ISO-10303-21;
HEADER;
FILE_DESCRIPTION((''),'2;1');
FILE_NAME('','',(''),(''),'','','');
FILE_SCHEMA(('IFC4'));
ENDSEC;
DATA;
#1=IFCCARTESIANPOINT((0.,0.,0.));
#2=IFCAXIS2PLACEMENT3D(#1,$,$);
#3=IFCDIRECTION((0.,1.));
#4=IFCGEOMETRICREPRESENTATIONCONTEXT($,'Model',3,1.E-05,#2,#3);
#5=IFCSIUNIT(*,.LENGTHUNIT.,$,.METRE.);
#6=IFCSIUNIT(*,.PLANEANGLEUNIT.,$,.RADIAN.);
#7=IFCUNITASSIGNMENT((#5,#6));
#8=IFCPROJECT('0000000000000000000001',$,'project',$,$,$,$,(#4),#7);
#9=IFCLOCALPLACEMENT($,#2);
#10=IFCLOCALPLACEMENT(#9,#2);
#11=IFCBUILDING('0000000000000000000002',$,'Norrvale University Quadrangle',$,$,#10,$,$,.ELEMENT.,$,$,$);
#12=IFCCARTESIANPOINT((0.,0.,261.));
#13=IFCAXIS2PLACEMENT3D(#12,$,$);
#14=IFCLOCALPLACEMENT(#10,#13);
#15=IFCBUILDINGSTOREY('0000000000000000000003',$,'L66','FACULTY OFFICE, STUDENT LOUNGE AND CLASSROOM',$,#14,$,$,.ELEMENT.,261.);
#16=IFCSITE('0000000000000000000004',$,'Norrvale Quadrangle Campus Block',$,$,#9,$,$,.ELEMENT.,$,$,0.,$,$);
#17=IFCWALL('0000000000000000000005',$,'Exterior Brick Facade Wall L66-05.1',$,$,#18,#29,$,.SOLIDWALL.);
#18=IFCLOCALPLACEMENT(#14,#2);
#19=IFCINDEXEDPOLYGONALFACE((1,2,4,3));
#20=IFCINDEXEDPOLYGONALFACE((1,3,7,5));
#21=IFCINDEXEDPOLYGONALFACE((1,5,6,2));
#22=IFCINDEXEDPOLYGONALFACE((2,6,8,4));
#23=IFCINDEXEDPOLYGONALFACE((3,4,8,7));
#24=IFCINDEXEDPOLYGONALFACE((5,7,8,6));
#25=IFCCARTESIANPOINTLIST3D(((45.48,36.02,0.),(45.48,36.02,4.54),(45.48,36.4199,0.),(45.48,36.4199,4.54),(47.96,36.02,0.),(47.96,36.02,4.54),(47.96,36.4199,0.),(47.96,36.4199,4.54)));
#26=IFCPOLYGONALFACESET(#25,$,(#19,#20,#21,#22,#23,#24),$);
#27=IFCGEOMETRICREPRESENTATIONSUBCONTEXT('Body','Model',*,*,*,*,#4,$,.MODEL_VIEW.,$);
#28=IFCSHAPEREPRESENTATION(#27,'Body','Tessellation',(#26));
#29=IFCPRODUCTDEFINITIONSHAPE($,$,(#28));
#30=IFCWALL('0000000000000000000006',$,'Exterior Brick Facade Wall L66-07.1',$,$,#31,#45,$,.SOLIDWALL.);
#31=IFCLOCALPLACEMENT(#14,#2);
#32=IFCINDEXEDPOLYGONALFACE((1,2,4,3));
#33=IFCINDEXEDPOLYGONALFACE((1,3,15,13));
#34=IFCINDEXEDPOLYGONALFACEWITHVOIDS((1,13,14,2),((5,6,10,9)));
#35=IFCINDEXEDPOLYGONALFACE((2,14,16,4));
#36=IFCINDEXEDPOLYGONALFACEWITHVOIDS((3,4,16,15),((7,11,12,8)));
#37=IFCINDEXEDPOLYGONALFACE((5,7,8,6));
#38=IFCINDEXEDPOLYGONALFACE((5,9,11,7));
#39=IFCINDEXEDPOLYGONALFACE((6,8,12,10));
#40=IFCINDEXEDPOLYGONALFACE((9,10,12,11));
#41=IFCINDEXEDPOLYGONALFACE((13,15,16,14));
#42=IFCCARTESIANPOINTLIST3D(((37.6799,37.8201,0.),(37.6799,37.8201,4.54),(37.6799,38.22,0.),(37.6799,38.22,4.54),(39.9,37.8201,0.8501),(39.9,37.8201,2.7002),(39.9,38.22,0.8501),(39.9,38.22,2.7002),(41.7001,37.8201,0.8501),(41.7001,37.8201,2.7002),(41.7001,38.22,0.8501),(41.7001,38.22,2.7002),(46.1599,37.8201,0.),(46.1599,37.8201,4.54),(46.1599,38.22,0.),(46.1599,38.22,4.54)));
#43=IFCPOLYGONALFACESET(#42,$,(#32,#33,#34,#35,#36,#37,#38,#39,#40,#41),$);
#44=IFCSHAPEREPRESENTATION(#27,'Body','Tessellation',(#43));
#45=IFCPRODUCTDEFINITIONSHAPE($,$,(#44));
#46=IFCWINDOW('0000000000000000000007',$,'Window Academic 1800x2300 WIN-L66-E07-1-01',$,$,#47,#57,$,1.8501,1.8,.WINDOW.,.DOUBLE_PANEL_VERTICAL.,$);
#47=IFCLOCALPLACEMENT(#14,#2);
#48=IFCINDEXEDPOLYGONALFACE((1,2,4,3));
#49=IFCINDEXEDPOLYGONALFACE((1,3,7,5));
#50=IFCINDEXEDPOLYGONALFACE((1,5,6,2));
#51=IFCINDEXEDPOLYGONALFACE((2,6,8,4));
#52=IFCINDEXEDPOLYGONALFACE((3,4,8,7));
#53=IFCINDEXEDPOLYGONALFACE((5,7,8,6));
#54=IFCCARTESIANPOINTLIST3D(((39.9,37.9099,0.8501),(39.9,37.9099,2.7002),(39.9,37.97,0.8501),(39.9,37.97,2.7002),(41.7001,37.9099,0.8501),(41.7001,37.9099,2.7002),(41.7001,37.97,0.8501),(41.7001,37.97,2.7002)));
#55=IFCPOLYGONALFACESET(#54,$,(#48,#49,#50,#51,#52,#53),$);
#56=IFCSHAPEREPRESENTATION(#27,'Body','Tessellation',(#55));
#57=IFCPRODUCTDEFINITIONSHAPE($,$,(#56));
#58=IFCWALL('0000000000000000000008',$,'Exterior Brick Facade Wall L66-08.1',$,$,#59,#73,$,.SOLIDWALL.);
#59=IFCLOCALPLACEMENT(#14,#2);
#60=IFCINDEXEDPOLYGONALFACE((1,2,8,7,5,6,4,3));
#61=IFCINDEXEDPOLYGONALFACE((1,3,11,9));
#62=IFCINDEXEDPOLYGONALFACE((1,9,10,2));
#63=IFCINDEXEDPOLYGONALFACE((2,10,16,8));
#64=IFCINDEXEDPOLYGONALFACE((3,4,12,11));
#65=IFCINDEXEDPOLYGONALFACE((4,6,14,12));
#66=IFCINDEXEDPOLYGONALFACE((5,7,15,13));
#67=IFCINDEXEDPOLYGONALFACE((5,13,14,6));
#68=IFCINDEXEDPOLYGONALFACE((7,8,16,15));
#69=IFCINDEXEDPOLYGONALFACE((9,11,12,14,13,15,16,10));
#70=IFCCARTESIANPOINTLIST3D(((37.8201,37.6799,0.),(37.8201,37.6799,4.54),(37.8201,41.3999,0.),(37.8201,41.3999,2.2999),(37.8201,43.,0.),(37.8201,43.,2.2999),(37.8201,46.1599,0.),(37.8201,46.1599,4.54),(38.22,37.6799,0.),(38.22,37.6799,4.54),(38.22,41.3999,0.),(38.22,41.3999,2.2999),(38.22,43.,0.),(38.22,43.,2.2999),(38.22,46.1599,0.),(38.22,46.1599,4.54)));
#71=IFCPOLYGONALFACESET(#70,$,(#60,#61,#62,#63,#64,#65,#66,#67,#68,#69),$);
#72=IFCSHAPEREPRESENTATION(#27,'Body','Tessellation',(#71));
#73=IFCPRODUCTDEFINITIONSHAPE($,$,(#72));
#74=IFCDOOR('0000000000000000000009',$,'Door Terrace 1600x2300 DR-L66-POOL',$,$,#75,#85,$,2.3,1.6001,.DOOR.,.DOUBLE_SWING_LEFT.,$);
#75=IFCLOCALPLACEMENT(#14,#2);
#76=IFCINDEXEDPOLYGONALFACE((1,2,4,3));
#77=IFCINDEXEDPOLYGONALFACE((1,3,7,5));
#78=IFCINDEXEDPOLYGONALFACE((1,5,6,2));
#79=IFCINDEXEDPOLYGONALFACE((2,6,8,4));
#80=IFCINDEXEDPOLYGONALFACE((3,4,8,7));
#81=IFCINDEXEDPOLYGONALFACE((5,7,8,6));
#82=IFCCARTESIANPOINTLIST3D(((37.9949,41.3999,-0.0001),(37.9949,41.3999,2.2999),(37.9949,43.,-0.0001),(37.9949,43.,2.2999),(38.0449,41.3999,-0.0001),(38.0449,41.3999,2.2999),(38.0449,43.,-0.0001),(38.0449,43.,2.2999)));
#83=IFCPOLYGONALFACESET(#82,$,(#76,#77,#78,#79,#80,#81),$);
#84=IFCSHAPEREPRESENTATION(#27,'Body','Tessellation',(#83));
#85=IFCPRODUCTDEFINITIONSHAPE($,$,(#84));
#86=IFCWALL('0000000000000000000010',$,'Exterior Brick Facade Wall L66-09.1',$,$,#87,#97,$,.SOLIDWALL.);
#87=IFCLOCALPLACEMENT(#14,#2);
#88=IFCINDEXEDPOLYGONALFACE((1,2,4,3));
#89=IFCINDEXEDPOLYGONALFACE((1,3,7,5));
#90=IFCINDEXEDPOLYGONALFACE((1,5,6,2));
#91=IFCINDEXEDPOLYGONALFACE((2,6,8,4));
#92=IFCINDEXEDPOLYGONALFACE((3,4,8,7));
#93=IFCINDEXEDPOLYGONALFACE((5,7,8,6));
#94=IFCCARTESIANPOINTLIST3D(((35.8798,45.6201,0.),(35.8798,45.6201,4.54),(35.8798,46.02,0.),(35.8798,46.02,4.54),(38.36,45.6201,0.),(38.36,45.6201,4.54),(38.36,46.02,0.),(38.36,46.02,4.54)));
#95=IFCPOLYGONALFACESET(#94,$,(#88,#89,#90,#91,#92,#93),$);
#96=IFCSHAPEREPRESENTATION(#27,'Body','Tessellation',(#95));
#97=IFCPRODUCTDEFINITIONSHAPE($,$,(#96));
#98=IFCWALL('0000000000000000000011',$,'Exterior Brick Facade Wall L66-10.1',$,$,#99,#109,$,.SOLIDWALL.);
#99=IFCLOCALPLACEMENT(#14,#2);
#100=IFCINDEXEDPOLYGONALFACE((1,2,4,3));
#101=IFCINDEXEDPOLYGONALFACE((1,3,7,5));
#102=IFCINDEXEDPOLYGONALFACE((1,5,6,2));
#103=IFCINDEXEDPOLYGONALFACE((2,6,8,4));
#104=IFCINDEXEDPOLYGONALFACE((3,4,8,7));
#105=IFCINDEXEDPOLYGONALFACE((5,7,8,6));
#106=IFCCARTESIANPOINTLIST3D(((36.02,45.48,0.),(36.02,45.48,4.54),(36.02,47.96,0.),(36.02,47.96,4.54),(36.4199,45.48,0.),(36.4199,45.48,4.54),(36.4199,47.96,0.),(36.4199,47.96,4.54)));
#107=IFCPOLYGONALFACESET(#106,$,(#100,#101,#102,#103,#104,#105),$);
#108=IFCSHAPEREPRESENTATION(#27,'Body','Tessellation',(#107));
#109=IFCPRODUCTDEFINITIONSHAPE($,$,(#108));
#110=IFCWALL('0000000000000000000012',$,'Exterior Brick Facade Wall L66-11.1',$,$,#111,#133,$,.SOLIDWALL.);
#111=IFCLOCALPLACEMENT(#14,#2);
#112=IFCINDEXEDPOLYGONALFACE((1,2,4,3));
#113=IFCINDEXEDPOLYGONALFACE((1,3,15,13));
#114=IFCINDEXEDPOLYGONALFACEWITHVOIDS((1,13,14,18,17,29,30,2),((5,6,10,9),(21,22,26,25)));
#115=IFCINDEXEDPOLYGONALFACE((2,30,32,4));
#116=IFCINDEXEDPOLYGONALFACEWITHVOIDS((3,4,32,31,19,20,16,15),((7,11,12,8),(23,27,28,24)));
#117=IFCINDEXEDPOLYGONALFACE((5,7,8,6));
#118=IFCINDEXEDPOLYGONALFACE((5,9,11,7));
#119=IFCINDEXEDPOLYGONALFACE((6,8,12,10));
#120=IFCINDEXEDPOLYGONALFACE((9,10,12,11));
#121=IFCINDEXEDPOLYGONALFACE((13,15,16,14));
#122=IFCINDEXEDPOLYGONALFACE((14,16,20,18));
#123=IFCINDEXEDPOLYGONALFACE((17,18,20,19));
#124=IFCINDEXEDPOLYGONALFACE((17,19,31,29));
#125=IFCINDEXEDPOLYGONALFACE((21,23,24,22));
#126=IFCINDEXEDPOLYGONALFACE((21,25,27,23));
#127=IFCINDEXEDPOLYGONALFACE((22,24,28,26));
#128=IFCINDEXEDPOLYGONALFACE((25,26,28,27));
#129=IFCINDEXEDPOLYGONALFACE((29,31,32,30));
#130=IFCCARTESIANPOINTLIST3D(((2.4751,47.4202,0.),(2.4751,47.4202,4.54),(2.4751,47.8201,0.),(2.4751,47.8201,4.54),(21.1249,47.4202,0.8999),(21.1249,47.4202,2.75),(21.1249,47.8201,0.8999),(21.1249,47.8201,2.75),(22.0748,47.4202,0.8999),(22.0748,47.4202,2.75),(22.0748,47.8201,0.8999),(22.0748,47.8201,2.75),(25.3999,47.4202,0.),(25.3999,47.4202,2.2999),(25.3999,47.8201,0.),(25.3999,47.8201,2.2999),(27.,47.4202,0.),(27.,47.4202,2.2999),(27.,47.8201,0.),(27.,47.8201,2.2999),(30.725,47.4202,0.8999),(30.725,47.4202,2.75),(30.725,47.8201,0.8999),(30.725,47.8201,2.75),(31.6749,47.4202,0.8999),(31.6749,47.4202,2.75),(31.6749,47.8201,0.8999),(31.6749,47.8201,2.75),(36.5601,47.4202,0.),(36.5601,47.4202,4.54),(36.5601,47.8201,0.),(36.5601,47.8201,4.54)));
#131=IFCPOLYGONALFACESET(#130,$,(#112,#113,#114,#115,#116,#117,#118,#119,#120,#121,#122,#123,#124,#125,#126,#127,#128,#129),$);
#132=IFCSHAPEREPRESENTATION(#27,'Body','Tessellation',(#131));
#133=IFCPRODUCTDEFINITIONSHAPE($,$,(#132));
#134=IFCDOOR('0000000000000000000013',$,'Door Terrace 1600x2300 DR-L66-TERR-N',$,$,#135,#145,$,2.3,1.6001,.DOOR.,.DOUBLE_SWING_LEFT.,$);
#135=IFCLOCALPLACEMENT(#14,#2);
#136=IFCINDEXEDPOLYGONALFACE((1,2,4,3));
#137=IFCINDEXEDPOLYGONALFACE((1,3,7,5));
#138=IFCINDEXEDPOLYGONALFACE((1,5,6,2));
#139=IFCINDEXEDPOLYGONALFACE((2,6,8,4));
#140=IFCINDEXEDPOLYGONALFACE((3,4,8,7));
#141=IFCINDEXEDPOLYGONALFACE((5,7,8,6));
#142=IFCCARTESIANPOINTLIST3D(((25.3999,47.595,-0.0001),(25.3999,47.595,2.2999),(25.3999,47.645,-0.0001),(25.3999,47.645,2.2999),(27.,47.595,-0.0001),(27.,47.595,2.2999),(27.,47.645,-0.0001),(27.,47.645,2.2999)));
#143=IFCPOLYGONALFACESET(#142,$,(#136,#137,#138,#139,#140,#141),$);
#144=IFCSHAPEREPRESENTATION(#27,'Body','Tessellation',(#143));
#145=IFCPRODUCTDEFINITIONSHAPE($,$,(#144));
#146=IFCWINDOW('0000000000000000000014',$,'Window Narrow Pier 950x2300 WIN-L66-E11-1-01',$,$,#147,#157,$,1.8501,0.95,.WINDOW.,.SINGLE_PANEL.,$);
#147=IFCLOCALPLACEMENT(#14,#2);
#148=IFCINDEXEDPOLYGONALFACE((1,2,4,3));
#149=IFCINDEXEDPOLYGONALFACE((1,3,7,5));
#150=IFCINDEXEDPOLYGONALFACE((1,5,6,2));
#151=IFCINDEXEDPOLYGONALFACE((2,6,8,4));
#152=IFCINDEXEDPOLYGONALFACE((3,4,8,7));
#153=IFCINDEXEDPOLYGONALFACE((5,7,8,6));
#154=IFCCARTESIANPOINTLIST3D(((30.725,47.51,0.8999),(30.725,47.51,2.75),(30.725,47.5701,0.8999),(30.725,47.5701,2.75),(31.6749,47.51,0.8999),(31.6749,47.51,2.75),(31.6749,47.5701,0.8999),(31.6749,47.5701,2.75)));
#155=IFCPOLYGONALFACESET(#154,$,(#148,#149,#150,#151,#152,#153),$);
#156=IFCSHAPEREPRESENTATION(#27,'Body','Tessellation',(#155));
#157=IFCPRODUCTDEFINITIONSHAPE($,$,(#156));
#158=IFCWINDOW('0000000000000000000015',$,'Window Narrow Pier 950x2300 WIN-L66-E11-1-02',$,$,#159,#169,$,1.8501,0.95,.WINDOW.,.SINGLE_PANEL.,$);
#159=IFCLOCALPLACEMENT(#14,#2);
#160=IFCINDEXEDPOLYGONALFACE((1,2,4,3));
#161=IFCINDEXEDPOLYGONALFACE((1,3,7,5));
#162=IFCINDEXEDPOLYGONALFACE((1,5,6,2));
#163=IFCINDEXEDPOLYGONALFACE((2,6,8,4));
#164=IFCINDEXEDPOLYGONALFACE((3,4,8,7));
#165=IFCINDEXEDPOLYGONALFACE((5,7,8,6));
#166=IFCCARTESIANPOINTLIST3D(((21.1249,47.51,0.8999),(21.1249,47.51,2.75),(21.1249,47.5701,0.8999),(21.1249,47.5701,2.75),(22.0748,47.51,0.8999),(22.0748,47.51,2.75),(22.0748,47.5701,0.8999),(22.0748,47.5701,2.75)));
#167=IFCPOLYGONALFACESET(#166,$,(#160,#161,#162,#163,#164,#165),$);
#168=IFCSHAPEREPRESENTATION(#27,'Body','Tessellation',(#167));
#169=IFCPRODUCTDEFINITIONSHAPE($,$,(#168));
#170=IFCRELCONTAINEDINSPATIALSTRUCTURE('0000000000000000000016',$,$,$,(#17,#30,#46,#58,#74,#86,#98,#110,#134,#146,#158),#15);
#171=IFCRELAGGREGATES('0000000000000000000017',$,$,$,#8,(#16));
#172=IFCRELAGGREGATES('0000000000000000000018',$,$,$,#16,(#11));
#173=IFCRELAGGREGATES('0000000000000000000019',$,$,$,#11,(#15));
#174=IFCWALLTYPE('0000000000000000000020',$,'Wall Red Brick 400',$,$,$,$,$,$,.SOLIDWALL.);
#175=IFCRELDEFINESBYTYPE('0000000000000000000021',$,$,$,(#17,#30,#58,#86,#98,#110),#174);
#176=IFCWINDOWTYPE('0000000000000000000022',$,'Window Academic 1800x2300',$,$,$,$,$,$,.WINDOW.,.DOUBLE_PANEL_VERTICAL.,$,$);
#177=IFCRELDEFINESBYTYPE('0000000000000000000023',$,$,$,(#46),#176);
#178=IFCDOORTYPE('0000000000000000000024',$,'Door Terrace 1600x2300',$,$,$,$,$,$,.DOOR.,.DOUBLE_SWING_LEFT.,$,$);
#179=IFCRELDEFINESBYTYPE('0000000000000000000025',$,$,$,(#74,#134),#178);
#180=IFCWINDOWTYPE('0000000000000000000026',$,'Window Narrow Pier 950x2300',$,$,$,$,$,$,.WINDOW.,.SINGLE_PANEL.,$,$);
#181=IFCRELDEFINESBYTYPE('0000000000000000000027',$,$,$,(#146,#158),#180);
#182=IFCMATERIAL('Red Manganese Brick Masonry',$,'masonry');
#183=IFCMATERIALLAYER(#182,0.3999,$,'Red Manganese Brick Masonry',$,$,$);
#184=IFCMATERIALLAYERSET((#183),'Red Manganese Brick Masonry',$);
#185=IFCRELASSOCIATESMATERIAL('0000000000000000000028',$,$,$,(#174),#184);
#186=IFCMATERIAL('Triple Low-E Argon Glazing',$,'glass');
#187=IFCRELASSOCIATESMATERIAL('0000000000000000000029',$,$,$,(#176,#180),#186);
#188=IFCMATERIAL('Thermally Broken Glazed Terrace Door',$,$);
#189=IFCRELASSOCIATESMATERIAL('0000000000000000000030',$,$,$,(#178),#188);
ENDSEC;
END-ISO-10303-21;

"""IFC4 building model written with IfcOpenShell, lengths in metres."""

from ifc_helpers import new_model, si_unit, direction, frame, frame_2d, origin, place, context, subcontext, project, spatial, rectangle, extrude, material, layer, layer_set, type_object, element, fill, save


model = new_model("IFC4")

# Units and contexts
model_context = context("Model", 3, precision=1e-05, world=origin(), true_north=direction((0.0, 1.0)))
body_context = subcontext(model_context, "Body", "Model", "MODEL_VIEW")
ifc_project = project(units=[si_unit("LENGTHUNIT", "METRE"), si_unit("PLANEANGLEUNIT", "RADIAN")], contexts=[model_context])

# Site, building, storey
site_placement = place(None, origin())
site = spatial("IfcSite", under=ifc_project, at=site_placement, Name="Norrvale Quadrangle Campus Block", CompositionType="ELEMENT", RefElevation=0.0)
building_placement = place(site_placement, origin())
building = spatial("IfcBuilding", under=site, at=building_placement, Name="Norrvale University Quadrangle", CompositionType="ELEMENT")
storey_placement = place(building_placement, frame((0.0, 0.0, 261.0)))
storey = spatial("IfcBuildingStorey", under=building, at=storey_placement, Name="L66", Description="FACULTY OFFICE, STUDENT LOUNGE AND CLASSROOM", CompositionType="ELEMENT", Elevation=261.0)

# Wall
ifc_material_1 = material(Name="Red Manganese Brick Masonry", Category="masonry")
ifc_layer_1 = layer(ifc_material_1, 0.3999, Name="Red Manganese Brick Masonry")
ifc_layer_set_1 = layer_set([ifc_layer_1], Name="Red Manganese Brick Masonry")
wall_type_1 = type_object("IfcWallType", Name="Wall Red Brick 400", PredefinedType="SOLIDWALL", material=ifc_layer_set_1)
wall_1_placement = place(storey_placement, frame((47.96, 36.22, 0.0), z_axis=(0.0, 0.0, 1.0), x_axis=(-1.0, 0.0, 0.0)))
element("IfcWall", 1, at=wall_1_placement, inside=storey, type_object=wall_type_1, Name="Exterior Brick Facade Wall L66-05.1", PredefinedType="SOLIDWALL", context=body_context, shape_type="SweptSolid", body=[
    extrude(rectangle(XDim=2.48, YDim=0.3999, at=frame_2d((1.24, 0.0))), origin(), (0.0, 0.0, 1.0), 4.54),
])

# Wall, opening, window
wall_2_placement = place(storey_placement, frame((46.1599, 38.02, 0.0), z_axis=(0.0, 0.0, 1.0), x_axis=(-1.0, 0.0, 0.0)))
wall_2 = element("IfcWall", 2, at=wall_2_placement, inside=storey, type_object=wall_type_1, Name="Exterior Brick Facade Wall L66-07.1", PredefinedType="SOLIDWALL", context=body_context, shape_type="SweptSolid", body=[
    extrude(rectangle(XDim=8.48, YDim=0.3999, at=frame_2d((4.24, 0.0))), origin(), (0.0, 0.0, 1.0), 4.54),
])
opening_1_placement = place(wall_2_placement, frame((4.46, 0.0, 0.8501)))
opening_1 = element("IfcOpeningElement", 3, at=opening_1_placement, cuts=wall_2, PredefinedType="OPENING", context=body_context, shape_type="SweptSolid", body=[
    extrude(rectangle(XDim=1.8, YDim=1.8501, at=frame_2d((0.8999, 0.925))), frame((0.0, 0.2119, 0.0), z_axis=(0.0, -1.0, 0.0), x_axis=(1.0, 0.0, 0.0)), (0.0, 0.0, 1.0), 0.4238),
])
ifc_material_2 = material(Name="Triple Low-E Argon Glazing", Category="glass")
window_type_1 = type_object("IfcWindowType", Name="Window Academic 1800x2300", PartitioningType="DOUBLE_PANEL_VERTICAL", PredefinedType="WINDOW", material=ifc_material_2)
window_1_placement = place(opening_1_placement, origin())
window_1 = element("IfcWindow", 4, at=window_1_placement, inside=storey, type_object=window_type_1, Name="Window Academic 1800x2300 WIN-L66-E07-1-01", OverallHeight=1.8501, OverallWidth=1.8, PartitioningType="DOUBLE_PANEL_VERTICAL", PredefinedType="WINDOW", context=body_context, shape_type="SweptSolid", body=[
    extrude(rectangle(XDim=1.8, YDim=1.8501, at=frame_2d((0.8999, 0.925))), frame((0.0, 0.1101, 0.0), z_axis=(0.0, -1.0, 0.0), x_axis=(1.0, 0.0, 0.0)), (0.0, 0.0, 1.0), 0.0601),
])
fill(opening_1, window_1)

# Wall, opening, door
wall_3_placement = place(storey_placement, frame((38.02, 37.6799, 0.0), z_axis=(0.0, 0.0, 1.0), x_axis=(0.0, 1.0, 0.0)))
wall_3 = element("IfcWall", 5, at=wall_3_placement, inside=storey, type_object=wall_type_1, Name="Exterior Brick Facade Wall L66-08.1", PredefinedType="SOLIDWALL", context=body_context, shape_type="SweptSolid", body=[
    extrude(rectangle(XDim=8.48, YDim=0.3999, at=frame_2d((4.24, 0.0))), origin(), (0.0, 0.0, 1.0), 4.54),
])
opening_2_placement = place(wall_3_placement, frame((3.72, 0.0, 0.0)))
opening_2 = element("IfcOpeningElement", 6, at=opening_2_placement, cuts=wall_3, PredefinedType="OPENING", context=body_context, shape_type="SweptSolid", body=[
    extrude(rectangle(XDim=1.6001, YDim=2.3, at=frame_2d((0.8, 1.1499))), frame((0.0, 0.2119, 0.0), z_axis=(0.0, -1.0, 0.0), x_axis=(1.0, 0.0, 0.0)), (0.0, 0.0, 1.0), 0.4238),
])
ifc_material_3 = material(Name="Thermally Broken Glazed Terrace Door")
door_type = type_object("IfcDoorType", Name="Door Terrace 1600x2300", OperationType="DOUBLE_SWING_LEFT", PredefinedType="DOOR", material=ifc_material_3)
door_1_placement = place(opening_2_placement, frame((1.6001, 0.0, 0.0), z_axis=(0.0, 0.0, 1.0), x_axis=(-1.0, 0.0, 0.0)))
door_1 = element("IfcDoor", 7, at=door_1_placement, inside=storey, type_object=door_type, Name="Door Terrace 1600x2300 DR-L66-POOL", OperationType="DOUBLE_SWING_LEFT", OverallHeight=2.3, OverallWidth=1.6001, PredefinedType="DOOR", context=body_context, shape_type="SweptSolid", body=[
    extrude(rectangle(XDim=1.6001, YDim=2.3, at=frame_2d((0.8, 1.1499))), frame((0.0, 0.0249, 0.0), z_axis=(0.0, -1.0, 0.0), x_axis=(1.0, 0.0, 0.0)), (0.0, 0.0, 1.0), 0.05),
])
fill(opening_2, door_1)

# Walls
wall_4_placement = place(storey_placement, frame((38.3601, 45.8201, 0.0), z_axis=(0.0, 0.0, 1.0), x_axis=(-1.0, 0.0, 0.0)))
element("IfcWall", 8, at=wall_4_placement, inside=storey, type_object=wall_type_1, Name="Exterior Brick Facade Wall L66-09.1", PredefinedType="SOLIDWALL", context=body_context, shape_type="SweptSolid", body=[
    extrude(rectangle(XDim=2.4802, YDim=0.3999, at=frame_2d((1.2402, 0.0))), origin(), (0.0, 0.0, 1.0), 4.54),
])
wall_5_placement = place(storey_placement, frame((36.22, 45.48, 0.0), z_axis=(0.0, 0.0, 1.0), x_axis=(0.0, 1.0, 0.0)))
element("IfcWall", 9, at=wall_5_placement, inside=storey, type_object=wall_type_1, Name="Exterior Brick Facade Wall L66-10.1", PredefinedType="SOLIDWALL", context=body_context, shape_type="SweptSolid", body=[
    extrude(rectangle(XDim=2.48, YDim=0.3999, at=frame_2d((1.24, 0.0))), origin(), (0.0, 0.0, 1.0), 4.54),
])

# Wall, openings, door, windows
wall_6_placement = place(storey_placement, frame((36.5601, 47.6201, 0.0), z_axis=(0.0, 0.0, 1.0), x_axis=(-1.0, 0.0, 0.0)))
wall_6 = element("IfcWall", 10, at=wall_6_placement, inside=storey, type_object=wall_type_1, Name="Exterior Brick Facade Wall L66-11.1", PredefinedType="SOLIDWALL", context=body_context, shape_type="SweptSolid", body=[
    extrude(rectangle(XDim=34.085, YDim=0.3999, at=frame_2d((17.0425, 0.0))), origin(), (0.0, 0.0, 1.0), 4.54),
])
opening_3_placement = place(wall_6_placement, frame((9.5601, 0.0, 0.0)))
opening_3 = element("IfcOpeningElement", 11, at=opening_3_placement, cuts=wall_6, PredefinedType="OPENING", context=body_context, shape_type="SweptSolid", body=[
    extrude(rectangle(XDim=1.6001, YDim=2.3, at=frame_2d((0.8, 1.1499))), frame((0.0, 0.2119, 0.0), z_axis=(0.0, -1.0, 0.0), x_axis=(1.0, 0.0, 0.0)), (0.0, 0.0, 1.0), 0.4238),
])
opening_4_placement = place(wall_6_placement, frame((4.885, 0.0, 0.8999)))
opening_4 = element("IfcOpeningElement", 12, at=opening_4_placement, cuts=wall_6, PredefinedType="OPENING", context=body_context, shape_type="SweptSolid", body=[
    extrude(rectangle(XDim=0.95, YDim=1.8501, at=frame_2d((0.4751, 0.925))), frame((0.0, 0.2119, 0.0), z_axis=(0.0, -1.0, 0.0), x_axis=(1.0, 0.0, 0.0)), (0.0, 0.0, 1.0), 0.4238),
])
opening_5_placement = place(wall_6_placement, frame((14.4851, 0.0, 0.8999)))
opening_5 = element("IfcOpeningElement", 13, at=opening_5_placement, cuts=wall_6, PredefinedType="OPENING", context=body_context, shape_type="SweptSolid", body=[
    extrude(rectangle(XDim=0.95, YDim=1.8501, at=frame_2d((0.4751, 0.925))), frame((0.0, 0.2119, 0.0), z_axis=(0.0, -1.0, 0.0), x_axis=(1.0, 0.0, 0.0)), (0.0, 0.0, 1.0), 0.4238),
])
door_2_placement = place(opening_3_placement, frame((1.6001, 0.0, 0.0), z_axis=(0.0, 0.0, 1.0), x_axis=(-1.0, 0.0, 0.0)))
door_2 = element("IfcDoor", 14, at=door_2_placement, inside=storey, type_object=door_type, Name="Door Terrace 1600x2300 DR-L66-TERR-N", OperationType="DOUBLE_SWING_LEFT", OverallHeight=2.3, OverallWidth=1.6001, PredefinedType="DOOR", context=body_context, shape_type="SweptSolid", body=[
    extrude(rectangle(XDim=1.6001, YDim=2.3, at=frame_2d((0.8, 1.1499))), frame((0.0, 0.0249, 0.0), z_axis=(0.0, -1.0, 0.0), x_axis=(1.0, 0.0, 0.0)), (0.0, 0.0, 1.0), 0.05),
])
fill(opening_3, door_2)
window_type_2 = type_object("IfcWindowType", Name="Window Narrow Pier 950x2300", PartitioningType="SINGLE_PANEL", PredefinedType="WINDOW", material=ifc_material_2)
window_2_placement = place(opening_4_placement, origin())
window_2 = element("IfcWindow", 15, at=window_2_placement, inside=storey, type_object=window_type_2, Name="Window Narrow Pier 950x2300 WIN-L66-E11-1-01", OverallHeight=1.8501, OverallWidth=0.95, PartitioningType="SINGLE_PANEL", PredefinedType="WINDOW", context=body_context, shape_type="SweptSolid", body=[
    extrude(rectangle(XDim=0.95, YDim=1.8501, at=frame_2d((0.4751, 0.925))), frame((0.0, 0.1101, 0.0), z_axis=(0.0, -1.0, 0.0), x_axis=(1.0, 0.0, 0.0)), (0.0, 0.0, 1.0), 0.0601),
])
fill(opening_4, window_2)
window_3_placement = place(opening_5_placement, origin())
window_3 = element("IfcWindow", 16, at=window_3_placement, inside=storey, type_object=window_type_2, Name="Window Narrow Pier 950x2300 WIN-L66-E11-1-02", OverallHeight=1.8501, OverallWidth=0.95, PartitioningType="SINGLE_PANEL", PredefinedType="WINDOW", context=body_context, shape_type="SweptSolid", body=[
    extrude(rectangle(XDim=0.95, YDim=1.8501, at=frame_2d((0.4751, 0.925))), frame((0.0, 0.1101, 0.0), z_axis=(0.0, -1.0, 0.0), x_axis=(1.0, 0.0, 0.0)), (0.0, 0.0, 1.0), 0.0601),
])
fill(opening_5, window_3)

save(model, "model.ifc")
